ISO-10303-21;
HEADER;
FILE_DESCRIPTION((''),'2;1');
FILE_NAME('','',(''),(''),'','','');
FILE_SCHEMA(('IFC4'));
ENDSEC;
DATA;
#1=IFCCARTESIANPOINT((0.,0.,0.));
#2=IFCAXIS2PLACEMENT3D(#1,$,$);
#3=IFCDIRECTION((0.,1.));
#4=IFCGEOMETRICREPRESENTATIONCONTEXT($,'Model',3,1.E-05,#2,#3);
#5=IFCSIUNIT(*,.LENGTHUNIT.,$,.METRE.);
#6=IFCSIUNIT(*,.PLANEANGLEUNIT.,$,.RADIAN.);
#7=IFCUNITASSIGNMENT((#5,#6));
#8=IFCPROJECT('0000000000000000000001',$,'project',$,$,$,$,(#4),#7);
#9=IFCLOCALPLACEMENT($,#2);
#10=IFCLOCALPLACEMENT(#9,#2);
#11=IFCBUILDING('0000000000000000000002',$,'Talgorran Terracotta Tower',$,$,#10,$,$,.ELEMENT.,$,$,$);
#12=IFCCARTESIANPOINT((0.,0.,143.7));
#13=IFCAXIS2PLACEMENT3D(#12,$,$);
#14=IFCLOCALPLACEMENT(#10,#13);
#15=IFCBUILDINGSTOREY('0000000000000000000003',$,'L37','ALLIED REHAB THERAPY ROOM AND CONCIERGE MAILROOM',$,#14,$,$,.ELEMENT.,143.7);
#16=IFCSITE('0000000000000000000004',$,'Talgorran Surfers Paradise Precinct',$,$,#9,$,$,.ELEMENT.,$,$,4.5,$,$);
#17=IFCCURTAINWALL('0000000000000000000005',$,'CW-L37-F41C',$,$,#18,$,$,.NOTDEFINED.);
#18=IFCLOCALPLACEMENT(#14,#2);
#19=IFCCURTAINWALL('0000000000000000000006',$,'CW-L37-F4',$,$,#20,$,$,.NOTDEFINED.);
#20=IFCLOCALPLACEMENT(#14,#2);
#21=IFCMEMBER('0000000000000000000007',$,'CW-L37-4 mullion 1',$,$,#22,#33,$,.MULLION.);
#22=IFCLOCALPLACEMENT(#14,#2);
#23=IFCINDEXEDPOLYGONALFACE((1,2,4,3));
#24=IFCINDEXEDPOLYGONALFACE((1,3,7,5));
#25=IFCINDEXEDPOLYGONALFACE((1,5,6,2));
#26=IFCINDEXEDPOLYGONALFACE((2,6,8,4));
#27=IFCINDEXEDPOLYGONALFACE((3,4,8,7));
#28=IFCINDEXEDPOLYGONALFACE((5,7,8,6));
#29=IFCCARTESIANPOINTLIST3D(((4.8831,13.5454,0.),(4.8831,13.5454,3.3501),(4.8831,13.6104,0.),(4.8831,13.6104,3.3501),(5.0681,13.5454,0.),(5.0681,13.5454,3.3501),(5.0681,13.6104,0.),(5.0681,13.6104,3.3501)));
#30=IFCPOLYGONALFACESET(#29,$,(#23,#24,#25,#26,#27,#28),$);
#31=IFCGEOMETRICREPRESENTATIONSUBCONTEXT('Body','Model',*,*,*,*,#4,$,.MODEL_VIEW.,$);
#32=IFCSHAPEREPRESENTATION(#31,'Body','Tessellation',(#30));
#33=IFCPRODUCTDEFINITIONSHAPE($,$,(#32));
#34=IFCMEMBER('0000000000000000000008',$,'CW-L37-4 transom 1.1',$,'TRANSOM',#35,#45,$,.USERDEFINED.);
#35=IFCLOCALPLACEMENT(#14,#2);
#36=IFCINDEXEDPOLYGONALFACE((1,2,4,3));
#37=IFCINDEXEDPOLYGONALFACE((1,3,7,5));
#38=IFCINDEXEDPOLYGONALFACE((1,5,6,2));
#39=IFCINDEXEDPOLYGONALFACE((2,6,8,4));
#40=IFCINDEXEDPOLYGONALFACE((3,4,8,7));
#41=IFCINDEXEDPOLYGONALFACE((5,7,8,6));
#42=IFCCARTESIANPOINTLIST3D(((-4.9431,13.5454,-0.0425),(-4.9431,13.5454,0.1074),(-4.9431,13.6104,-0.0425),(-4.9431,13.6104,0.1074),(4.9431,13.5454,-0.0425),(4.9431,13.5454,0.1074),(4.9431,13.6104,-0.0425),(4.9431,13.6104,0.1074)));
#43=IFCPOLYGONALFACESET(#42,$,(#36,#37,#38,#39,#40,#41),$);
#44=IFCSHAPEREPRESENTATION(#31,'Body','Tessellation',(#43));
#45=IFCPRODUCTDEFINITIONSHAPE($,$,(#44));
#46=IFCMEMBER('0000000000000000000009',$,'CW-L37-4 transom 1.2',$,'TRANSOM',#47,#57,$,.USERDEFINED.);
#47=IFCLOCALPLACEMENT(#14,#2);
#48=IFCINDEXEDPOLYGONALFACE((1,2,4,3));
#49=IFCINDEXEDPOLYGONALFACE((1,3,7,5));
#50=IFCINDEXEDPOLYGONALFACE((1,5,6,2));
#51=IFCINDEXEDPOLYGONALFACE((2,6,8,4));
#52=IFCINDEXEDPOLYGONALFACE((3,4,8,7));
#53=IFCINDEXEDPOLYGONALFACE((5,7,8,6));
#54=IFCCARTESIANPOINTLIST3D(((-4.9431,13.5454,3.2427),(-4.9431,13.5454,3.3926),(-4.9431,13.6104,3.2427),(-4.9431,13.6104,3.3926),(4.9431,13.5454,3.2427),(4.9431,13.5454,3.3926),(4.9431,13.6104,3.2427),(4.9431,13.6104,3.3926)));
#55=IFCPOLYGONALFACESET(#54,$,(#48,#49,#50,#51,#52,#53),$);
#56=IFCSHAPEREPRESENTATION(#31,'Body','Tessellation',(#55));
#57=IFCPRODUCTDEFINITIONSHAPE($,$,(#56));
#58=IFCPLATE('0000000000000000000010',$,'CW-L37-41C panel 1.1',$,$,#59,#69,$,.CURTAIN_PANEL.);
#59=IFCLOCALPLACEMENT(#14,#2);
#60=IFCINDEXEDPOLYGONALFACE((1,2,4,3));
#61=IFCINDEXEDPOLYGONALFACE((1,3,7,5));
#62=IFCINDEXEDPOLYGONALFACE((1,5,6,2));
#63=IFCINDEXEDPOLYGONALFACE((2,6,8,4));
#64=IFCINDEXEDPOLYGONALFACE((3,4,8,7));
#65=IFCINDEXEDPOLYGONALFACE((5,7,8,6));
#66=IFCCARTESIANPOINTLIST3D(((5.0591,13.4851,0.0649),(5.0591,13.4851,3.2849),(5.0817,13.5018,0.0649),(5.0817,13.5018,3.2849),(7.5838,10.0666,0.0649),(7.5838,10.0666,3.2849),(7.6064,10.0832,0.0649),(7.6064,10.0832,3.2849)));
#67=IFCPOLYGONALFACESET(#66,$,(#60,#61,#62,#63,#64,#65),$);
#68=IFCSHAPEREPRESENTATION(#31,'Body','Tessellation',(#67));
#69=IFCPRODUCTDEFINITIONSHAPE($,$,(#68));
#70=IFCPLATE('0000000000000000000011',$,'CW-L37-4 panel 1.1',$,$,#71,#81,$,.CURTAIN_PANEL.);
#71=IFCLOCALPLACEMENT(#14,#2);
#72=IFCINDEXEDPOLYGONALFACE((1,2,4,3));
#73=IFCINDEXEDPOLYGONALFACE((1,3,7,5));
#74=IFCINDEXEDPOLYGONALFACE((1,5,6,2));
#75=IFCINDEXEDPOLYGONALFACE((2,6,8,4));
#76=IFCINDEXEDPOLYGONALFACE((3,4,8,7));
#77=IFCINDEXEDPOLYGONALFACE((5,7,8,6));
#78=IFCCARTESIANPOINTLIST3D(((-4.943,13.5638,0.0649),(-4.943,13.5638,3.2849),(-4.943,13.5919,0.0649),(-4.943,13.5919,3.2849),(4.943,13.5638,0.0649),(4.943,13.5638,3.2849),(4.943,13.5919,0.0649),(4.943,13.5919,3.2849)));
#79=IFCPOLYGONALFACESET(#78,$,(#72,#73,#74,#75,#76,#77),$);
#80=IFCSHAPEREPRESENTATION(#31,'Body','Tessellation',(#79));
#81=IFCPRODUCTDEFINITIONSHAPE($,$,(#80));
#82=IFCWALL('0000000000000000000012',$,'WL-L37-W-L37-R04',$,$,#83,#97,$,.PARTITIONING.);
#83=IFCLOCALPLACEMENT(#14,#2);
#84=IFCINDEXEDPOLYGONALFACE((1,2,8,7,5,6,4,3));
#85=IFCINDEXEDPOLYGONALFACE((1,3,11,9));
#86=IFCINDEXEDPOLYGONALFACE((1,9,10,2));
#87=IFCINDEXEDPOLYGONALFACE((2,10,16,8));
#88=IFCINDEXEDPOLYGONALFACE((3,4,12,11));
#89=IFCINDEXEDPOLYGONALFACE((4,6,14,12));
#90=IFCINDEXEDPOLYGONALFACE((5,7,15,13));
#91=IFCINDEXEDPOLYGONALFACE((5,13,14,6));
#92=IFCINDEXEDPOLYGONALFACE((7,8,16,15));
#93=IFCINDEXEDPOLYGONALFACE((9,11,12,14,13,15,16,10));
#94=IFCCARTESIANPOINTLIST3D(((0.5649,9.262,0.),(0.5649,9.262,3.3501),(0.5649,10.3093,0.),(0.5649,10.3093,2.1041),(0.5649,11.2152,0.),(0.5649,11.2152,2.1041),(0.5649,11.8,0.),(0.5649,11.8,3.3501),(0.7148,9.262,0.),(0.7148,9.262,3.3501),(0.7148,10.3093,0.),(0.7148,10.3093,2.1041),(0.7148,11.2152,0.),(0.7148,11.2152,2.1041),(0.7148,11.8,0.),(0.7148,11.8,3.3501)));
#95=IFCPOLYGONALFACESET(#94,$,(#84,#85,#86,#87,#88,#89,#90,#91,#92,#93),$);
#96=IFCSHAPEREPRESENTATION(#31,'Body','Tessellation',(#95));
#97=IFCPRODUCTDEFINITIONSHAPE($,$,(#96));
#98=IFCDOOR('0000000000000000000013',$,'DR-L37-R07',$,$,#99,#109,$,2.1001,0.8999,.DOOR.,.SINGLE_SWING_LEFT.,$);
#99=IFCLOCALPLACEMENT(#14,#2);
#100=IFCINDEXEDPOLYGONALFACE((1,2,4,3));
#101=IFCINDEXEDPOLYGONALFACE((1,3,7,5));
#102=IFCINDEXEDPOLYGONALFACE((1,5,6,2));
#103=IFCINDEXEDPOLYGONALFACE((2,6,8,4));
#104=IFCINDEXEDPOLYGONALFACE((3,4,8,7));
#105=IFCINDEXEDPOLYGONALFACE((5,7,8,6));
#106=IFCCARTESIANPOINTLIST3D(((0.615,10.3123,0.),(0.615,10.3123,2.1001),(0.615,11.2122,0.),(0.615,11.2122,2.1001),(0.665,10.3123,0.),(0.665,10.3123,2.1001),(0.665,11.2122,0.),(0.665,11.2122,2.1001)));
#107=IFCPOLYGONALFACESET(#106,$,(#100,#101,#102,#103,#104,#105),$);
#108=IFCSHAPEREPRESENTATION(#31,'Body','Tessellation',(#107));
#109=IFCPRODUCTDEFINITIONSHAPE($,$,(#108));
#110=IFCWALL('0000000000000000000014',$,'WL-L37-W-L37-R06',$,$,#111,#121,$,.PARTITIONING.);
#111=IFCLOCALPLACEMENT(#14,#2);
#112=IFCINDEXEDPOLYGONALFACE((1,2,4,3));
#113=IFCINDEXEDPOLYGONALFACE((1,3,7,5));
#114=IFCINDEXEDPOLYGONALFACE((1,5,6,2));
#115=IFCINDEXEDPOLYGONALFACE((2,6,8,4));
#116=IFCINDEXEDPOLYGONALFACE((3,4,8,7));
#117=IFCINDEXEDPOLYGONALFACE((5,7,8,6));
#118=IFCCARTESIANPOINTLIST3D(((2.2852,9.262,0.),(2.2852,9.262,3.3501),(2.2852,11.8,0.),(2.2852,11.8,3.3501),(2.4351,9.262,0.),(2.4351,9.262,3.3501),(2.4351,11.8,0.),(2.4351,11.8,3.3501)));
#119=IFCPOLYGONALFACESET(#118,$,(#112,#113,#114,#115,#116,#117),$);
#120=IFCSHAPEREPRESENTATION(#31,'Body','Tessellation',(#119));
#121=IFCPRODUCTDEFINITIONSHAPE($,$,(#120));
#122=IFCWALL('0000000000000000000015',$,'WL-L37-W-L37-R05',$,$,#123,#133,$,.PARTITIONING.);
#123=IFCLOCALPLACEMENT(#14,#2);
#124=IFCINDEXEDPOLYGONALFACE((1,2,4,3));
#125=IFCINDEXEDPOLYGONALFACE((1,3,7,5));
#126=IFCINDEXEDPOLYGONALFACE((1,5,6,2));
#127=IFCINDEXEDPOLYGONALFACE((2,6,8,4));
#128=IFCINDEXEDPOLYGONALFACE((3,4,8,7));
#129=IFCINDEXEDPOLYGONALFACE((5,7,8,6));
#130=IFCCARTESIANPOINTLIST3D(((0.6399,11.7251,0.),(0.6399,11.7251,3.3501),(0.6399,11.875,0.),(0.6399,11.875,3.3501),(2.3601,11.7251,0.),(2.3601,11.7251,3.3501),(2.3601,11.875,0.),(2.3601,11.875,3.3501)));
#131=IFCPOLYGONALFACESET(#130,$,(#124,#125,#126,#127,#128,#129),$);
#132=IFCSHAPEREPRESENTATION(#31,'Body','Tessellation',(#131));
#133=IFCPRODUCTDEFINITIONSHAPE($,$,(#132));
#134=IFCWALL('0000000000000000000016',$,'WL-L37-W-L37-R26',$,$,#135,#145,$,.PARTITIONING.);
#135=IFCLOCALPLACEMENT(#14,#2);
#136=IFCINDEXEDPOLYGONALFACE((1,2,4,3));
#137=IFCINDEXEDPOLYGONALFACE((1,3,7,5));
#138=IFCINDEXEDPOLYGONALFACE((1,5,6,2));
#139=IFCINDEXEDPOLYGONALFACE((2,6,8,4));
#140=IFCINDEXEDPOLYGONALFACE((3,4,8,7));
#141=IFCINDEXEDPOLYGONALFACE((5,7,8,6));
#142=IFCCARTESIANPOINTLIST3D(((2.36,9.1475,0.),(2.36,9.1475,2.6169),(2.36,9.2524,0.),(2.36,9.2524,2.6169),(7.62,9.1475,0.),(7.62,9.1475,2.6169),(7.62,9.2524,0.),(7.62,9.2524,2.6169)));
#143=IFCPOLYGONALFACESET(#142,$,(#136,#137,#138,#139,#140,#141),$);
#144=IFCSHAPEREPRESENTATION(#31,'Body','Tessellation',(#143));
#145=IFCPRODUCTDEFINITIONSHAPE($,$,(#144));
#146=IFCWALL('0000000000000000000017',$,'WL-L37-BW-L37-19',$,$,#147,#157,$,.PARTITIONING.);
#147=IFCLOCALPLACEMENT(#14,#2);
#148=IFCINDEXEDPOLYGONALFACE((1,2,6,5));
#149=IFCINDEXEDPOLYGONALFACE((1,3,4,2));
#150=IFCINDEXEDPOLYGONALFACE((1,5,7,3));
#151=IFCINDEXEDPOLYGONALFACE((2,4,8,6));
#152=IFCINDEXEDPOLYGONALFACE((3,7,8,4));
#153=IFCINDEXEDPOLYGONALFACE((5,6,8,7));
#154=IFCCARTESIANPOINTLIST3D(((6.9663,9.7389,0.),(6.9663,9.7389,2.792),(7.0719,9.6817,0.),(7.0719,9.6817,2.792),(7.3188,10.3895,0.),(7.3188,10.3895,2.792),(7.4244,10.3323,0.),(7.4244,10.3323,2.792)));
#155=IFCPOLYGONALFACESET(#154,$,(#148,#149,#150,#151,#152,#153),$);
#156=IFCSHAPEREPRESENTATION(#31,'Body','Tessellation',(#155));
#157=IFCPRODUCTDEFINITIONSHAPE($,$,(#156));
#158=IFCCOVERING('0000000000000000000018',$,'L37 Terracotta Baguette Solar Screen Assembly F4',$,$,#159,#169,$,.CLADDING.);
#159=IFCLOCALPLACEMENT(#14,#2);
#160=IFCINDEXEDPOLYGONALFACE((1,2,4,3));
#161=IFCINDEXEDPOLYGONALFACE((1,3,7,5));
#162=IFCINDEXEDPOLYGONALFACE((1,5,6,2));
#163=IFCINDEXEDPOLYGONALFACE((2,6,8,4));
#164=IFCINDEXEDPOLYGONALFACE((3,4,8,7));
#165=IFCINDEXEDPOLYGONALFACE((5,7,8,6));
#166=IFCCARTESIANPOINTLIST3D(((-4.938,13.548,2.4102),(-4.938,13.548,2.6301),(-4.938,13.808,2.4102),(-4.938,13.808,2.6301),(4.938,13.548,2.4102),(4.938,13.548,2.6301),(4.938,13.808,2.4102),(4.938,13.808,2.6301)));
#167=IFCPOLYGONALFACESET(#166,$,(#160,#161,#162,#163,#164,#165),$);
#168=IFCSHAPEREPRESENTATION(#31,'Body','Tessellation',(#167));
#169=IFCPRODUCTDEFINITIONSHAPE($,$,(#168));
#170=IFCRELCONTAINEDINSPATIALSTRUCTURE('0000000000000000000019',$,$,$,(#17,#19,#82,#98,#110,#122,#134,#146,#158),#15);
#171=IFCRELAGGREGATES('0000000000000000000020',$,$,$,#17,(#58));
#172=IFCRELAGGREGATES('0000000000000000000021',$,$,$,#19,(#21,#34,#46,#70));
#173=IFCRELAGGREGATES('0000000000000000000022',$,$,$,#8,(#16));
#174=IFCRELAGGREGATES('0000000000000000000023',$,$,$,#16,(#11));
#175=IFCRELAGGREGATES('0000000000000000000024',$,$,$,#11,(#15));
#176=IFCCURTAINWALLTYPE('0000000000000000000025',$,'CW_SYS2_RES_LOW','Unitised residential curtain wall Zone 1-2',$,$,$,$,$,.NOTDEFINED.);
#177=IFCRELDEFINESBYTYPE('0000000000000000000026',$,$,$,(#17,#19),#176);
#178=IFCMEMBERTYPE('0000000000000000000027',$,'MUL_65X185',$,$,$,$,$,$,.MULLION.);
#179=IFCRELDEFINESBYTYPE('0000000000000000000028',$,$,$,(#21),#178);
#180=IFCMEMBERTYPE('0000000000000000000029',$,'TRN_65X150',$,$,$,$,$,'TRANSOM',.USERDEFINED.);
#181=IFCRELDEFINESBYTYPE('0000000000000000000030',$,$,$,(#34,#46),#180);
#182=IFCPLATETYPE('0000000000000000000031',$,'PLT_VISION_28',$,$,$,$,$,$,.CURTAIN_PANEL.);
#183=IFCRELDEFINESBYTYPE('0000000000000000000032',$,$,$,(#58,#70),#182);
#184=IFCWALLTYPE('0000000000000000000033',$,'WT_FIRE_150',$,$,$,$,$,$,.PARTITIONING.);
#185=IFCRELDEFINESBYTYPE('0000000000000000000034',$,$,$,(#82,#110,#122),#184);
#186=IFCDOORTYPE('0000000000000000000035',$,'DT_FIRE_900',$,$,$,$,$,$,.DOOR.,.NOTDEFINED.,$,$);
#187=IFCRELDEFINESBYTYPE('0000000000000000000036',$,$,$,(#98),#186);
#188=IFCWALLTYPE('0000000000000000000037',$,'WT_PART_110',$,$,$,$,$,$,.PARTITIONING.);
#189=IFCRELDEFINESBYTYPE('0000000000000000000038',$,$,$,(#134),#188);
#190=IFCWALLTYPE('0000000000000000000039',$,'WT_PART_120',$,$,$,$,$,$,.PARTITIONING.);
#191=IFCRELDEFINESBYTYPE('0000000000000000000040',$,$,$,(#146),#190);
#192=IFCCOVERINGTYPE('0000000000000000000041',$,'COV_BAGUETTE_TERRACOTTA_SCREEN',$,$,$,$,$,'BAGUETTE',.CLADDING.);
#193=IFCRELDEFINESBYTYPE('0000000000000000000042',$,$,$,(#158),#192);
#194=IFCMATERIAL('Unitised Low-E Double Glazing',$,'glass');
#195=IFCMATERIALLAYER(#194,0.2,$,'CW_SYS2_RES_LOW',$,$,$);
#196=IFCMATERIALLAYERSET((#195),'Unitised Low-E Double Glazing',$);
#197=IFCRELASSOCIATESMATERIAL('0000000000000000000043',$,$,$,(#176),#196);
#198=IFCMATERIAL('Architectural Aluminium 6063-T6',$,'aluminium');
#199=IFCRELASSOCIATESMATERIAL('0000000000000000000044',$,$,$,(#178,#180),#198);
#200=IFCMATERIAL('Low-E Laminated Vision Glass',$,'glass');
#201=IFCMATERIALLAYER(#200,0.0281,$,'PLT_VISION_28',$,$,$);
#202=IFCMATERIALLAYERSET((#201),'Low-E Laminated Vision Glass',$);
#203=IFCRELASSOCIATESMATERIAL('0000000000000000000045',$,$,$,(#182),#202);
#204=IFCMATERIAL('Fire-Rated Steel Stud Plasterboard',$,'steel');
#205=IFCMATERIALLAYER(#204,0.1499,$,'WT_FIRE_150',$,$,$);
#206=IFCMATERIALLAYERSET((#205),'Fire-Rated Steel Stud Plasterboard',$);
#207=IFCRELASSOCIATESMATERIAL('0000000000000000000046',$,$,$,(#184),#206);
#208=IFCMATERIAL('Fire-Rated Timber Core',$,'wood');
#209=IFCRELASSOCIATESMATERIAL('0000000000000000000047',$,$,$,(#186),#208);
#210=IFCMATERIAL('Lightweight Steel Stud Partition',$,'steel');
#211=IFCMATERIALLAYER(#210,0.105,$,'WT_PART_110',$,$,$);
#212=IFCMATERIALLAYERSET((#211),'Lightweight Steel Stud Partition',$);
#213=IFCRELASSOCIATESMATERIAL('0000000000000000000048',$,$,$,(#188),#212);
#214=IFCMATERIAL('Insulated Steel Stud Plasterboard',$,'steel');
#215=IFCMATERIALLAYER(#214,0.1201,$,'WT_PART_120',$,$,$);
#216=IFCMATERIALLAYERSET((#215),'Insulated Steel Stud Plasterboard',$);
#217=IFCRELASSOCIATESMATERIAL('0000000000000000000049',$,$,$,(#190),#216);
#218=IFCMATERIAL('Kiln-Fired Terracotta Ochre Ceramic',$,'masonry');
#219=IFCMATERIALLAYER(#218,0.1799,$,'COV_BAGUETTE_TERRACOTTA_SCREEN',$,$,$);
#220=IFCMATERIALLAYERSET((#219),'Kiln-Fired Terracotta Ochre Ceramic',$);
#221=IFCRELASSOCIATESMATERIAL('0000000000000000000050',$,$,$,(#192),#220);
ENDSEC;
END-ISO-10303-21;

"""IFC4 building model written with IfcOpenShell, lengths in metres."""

from ifc_helpers import new_model, si_unit, direction, frame, frame_2d, origin, origin_2d, place, context, subcontext, project, spatial, rectangle, extrude, source, transform, mapped, material, layer, layer_set, material_profile, profile_set, type_object, type_shapes, element, fill, aggregate, save


model = new_model("IFC4")

# Units and contexts
model_context = context("Model", 3, precision=1e-05, world=origin(), true_north=direction((0.0, 1.0)))
body_context = subcontext(model_context, "Body", "Model", "MODEL_VIEW")
ifc_project = project(units=[si_unit("LENGTHUNIT", "METRE"), si_unit("PLANEANGLEUNIT", "RADIAN")], contexts=[model_context])

# Site, building, storey
site_placement = place(None, origin())
site = spatial("IfcSite", under=ifc_project, at=site_placement, Name="Talgorran Surfers Paradise Precinct", CompositionType="ELEMENT", RefElevation=4.5)
building_placement = place(site_placement, origin())
building = spatial("IfcBuilding", under=site, at=building_placement, Name="Talgorran Terracotta Tower", CompositionType="ELEMENT")
storey_placement = place(building_placement, frame((0.0, 0.0, 143.7)))
storey = spatial("IfcBuildingStorey", under=building, at=storey_placement, Name="L37", Description="ALLIED REHAB THERAPY ROOM AND CONCIERGE MAILROOM", CompositionType="ELEMENT", Elevation=143.7)

# Curtain wall
ifc_material_1 = material(Name="Unitised Low-E Double Glazing", Category="glass")
ifc_layer_1 = layer(ifc_material_1, 0.2, Name="CW_SYS2_RES_LOW")
ifc_layer_set_1 = layer_set([ifc_layer_1], Name="Unitised Low-E Double Glazing")
curtain_wall_type = type_object("IfcCurtainWallType", Name="CW_SYS2_RES_LOW", Description="Unitised residential curtain wall Zone 1-2", PredefinedType="NOTDEFINED", material=ifc_layer_set_1)
curtain_wall_1_placement = place(storey_placement, origin())
curtain_wall_1 = element("IfcCurtainWall", 1, at=curtain_wall_1_placement, inside=storey, type_object=curtain_wall_type, Name="CW-L37-F41C", PredefinedType="NOTDEFINED")
ifc_material_2 = material(Name="Architectural Aluminium 6063-T6", Category="aluminium")
ifc_material_profile_1 = material_profile(ifc_material_2, rectangle(XDim=0.0649, YDim=0.1851, at=origin_2d()), Name="CWM65X185")
ifc_profile_set_1 = profile_set([ifc_material_profile_1], Name="Architectural Aluminium 6063-T6")
member_type_1 = type_object("IfcMemberType", Name="MUL_65X185", PredefinedType="MULLION", material=ifc_profile_set_1)

# Curtain wall, members
curtain_wall_2_placement = place(storey_placement, origin())
curtain_wall_2 = element("IfcCurtainWall", 2, at=curtain_wall_2_placement, inside=storey, type_object=curtain_wall_type, Name="CW-L37-F4", PredefinedType="NOTDEFINED")
member_1_placement = place(storey_placement, frame((4.9756, 13.5779, 0.0), z_axis=(0.0, 0.0, 1.0), x_axis=(0.0, -1.0, 0.0)))
member_1 = element("IfcMember", 3, at=member_1_placement, type_object=member_type_1, Name="CW-L37-4 mullion 1", PredefinedType="MULLION", context=body_context, shape_type="SweptSolid", body=[
    extrude(rectangle(XDim=0.0649, YDim=0.1851, at=origin_2d()), origin(), (0.0, 0.0, 1.0), 3.3501),
])
ifc_material_profile_2 = material_profile(ifc_material_2, rectangle(XDim=0.0649, YDim=0.1499, at=origin_2d()), Name="CWT65X150")
ifc_profile_set_2 = profile_set([ifc_material_profile_2], Name="Architectural Aluminium 6063-T6")
member_type_2 = type_object("IfcMemberType", Name="TRN_65X150", ElementType="TRANSOM", PredefinedType="USERDEFINED", material=ifc_profile_set_2)
member_2_placement = place(storey_placement, frame((4.9431, 13.5779, 0.0325), z_axis=(-1.0, 0.0, 0.0), x_axis=(0.0, -1.0, 0.0)))
member_2 = element("IfcMember", 4, at=member_2_placement, type_object=member_type_2, Name="CW-L37-4 transom 1.1", ObjectType="TRANSOM", PredefinedType="USERDEFINED", context=body_context, shape_type="SweptSolid", body=[
    extrude(rectangle(XDim=0.0649, YDim=0.1499, at=origin_2d()), origin(), (0.0, 0.0, 1.0), 9.8862),
])
member_3_placement = place(storey_placement, frame((4.9431, 13.5779, 3.3176), z_axis=(-1.0, 0.0, 0.0), x_axis=(0.0, -1.0, 0.0)))
member_3 = element("IfcMember", 5, at=member_3_placement, type_object=member_type_2, Name="CW-L37-4 transom 1.2", ObjectType="TRANSOM", PredefinedType="USERDEFINED", context=body_context, shape_type="SweptSolid", body=[
    extrude(rectangle(XDim=0.0649, YDim=0.1499, at=origin_2d()), origin(), (0.0, 0.0, 1.0), 9.8862),
])

# Plates
ifc_material_3 = material(Name="Low-E Laminated Vision Glass", Category="glass")
ifc_layer_2 = layer(ifc_material_3, 0.0281, Name="PLT_VISION_28")
ifc_layer_set_2 = layer_set([ifc_layer_2], Name="Low-E Laminated Vision Glass")
plate_type = type_object("IfcPlateType", Name="PLT_VISION_28", PredefinedType="CURTAIN_PANEL", material=ifc_layer_set_2)
shared_shape_1 = source(origin(), body_context, "Body", "SweptSolid", [
    extrude(rectangle(XDim=4.2498, YDim=0.0281, at=origin_2d()), origin(), (0.0, 0.0, 1.0), 3.22),
])
plate_1_placement = place(storey_placement, frame((6.3328, 11.7842, 0.0649), z_axis=(0.0, 0.0, 1.0), x_axis=(-0.594076, 0.804409, 0.0)))
plate_1 = element("IfcPlate", 6, at=plate_1_placement, type_object=plate_type, Name="CW-L37-41C panel 1.1", PredefinedType="CURTAIN_PANEL", context=body_context, shape_type="MappedRepresentation", body=[
    mapped(shared_shape_1, transform((0.0, 0.0, 0.0), scale=1.0)),
])
aggregate(curtain_wall_1, [plate_1])
shared_shape_2 = source(origin(), body_context, "Body", "SweptSolid", [
    extrude(rectangle(XDim=9.886, YDim=0.0281, at=origin_2d()), origin(), (0.0, 0.0, 1.0), 3.22),
])
type_shapes(plate_type, [shared_shape_1, shared_shape_2])
plate_2_placement = place(storey_placement, frame((0.0, 13.5779, 0.0649), z_axis=(0.0, 0.0, 1.0), x_axis=(-1.0, 0.0, 0.0)))
plate_2 = element("IfcPlate", 7, at=plate_2_placement, type_object=plate_type, Name="CW-L37-4 panel 1.1", PredefinedType="CURTAIN_PANEL", context=body_context, shape_type="MappedRepresentation", body=[
    mapped(shared_shape_2, transform((0.0, 0.0, 0.0), scale=1.0)),
])
aggregate(curtain_wall_2, [member_1, member_2, member_3, plate_2])

# Wall, opening, door
ifc_material_4 = material(Name="Fire-Rated Steel Stud Plasterboard", Category="steel")
ifc_layer_3 = layer(ifc_material_4, 0.1499, Name="WT_FIRE_150")
ifc_layer_set_3 = layer_set([ifc_layer_3], Name="Fire-Rated Steel Stud Plasterboard")
wall_type_1 = type_object("IfcWallType", Name="WT_FIRE_150", PredefinedType="PARTITIONING", material=ifc_layer_set_3)
wall_1_placement = place(storey_placement, frame((0.6399, 9.262, 0.0), z_axis=(0.0, 0.0, 1.0), x_axis=(0.0, 1.0, 0.0)))
wall_1 = element("IfcWall", 8, at=wall_1_placement, inside=storey, type_object=wall_type_1, Name="WL-L37-W-L37-R04", PredefinedType="PARTITIONING", context=body_context, shape_type="SweptSolid", body=[
    extrude(rectangle(XDim=2.5381, YDim=0.1499, at=frame_2d((1.269, 0.0))), origin(), (0.0, 0.0, 1.0), 3.3501),
])
opening_placement = place(wall_1_placement, frame((1.0503, 0.0, 0.0)))
opening = element("IfcOpeningElement", 9, at=opening_placement, cuts=wall_1, PredefinedType="OPENING", context=body_context, shape_type="SweptSolid", body=[
    extrude(rectangle(XDim=0.9059, YDim=2.1041, at=frame_2d((0.45, 1.052))), frame((0.0, 0.085, 0.0), z_axis=(0.0, -1.0, 0.0), x_axis=(1.0, 0.0, 0.0)), (0.0, 0.0, 1.0), 0.1699),
])
ifc_material_5 = material(Name="Fire-Rated Timber Core", Category="wood")
door_type = type_object("IfcDoorType", Name="DT_FIRE_900", OperationType="NOTDEFINED", PredefinedType="DOOR", material=ifc_material_5)
door_placement = place(opening_placement, origin())
door = element("IfcDoor", 10, at=door_placement, inside=storey, type_object=door_type, Name="DR-L37-R07", OperationType="SINGLE_SWING_LEFT", OverallHeight=2.1001, OverallWidth=0.8999, PredefinedType="DOOR", context=body_context, shape_type="SweptSolid", body=[
    extrude(rectangle(XDim=0.8999, YDim=2.1001, at=frame_2d((0.45, 1.05))), frame((0.0, 0.0249, 0.0), z_axis=(0.0, -1.0, 0.0), x_axis=(1.0, 0.0, 0.0)), (0.0, 0.0, 1.0), 0.05),
])
fill(opening, door)

# Walls
wall_2_placement = place(storey_placement, frame((2.3601, 9.262, 0.0), z_axis=(0.0, 0.0, 1.0), x_axis=(0.0, 1.0, 0.0)))
element("IfcWall", 11, at=wall_2_placement, inside=storey, type_object=wall_type_1, Name="WL-L37-W-L37-R06", PredefinedType="PARTITIONING", context=body_context, shape_type="SweptSolid", body=[
    extrude(rectangle(XDim=2.5381, YDim=0.1499, at=frame_2d((1.269, 0.0))), origin(), (0.0, 0.0, 1.0), 3.3501),
])
wall_3_placement = place(storey_placement, frame((0.6399, 11.8, 0.0), z_axis=(0.0, 0.0, 1.0), x_axis=(1.0, 0.0, 0.0)))
element("IfcWall", 12, at=wall_3_placement, inside=storey, type_object=wall_type_1, Name="WL-L37-W-L37-R05", PredefinedType="PARTITIONING", context=body_context, shape_type="SweptSolid", body=[
    extrude(rectangle(XDim=1.7202, YDim=0.1499, at=frame_2d((0.8601, 0.0))), origin(), (0.0, 0.0, 1.0), 3.3501),
])
ifc_material_6 = material(Name="Lightweight Steel Stud Partition", Category="steel")
ifc_layer_4 = layer(ifc_material_6, 0.105, Name="WT_PART_110")
ifc_layer_set_4 = layer_set([ifc_layer_4], Name="Lightweight Steel Stud Partition")
wall_type_2 = type_object("IfcWallType", Name="WT_PART_110", PredefinedType="PARTITIONING", material=ifc_layer_set_4)
wall_4_placement = place(storey_placement, frame((2.3601, 9.2, 0.0), z_axis=(0.0, 0.0, 1.0), x_axis=(1.0, 0.0, 0.0)))
element("IfcWall", 13, at=wall_4_placement, inside=storey, type_object=wall_type_2, Name="WL-L37-W-L37-R26", PredefinedType="PARTITIONING", context=body_context, shape_type="SweptSolid", body=[
    extrude(rectangle(XDim=5.26, YDim=0.105, at=frame_2d((2.6299, 0.0))), origin(), (0.0, 0.0, 1.0), 2.6169),
])
ifc_material_7 = material(Name="Insulated Steel Stud Plasterboard", Category="steel")
ifc_layer_5 = layer(ifc_material_7, 0.1201, Name="WT_PART_120")
ifc_layer_set_5 = layer_set([ifc_layer_5], Name="Insulated Steel Stud Plasterboard")
wall_type_3 = type_object("IfcWallType", Name="WT_PART_120", PredefinedType="PARTITIONING", material=ifc_layer_set_5)
wall_5_placement = place(storey_placement, frame((7.019, 9.7102, 0.0), z_axis=(0.0, 0.0, 1.0), x_axis=(0.4764, 0.879229, 0.0)))
element("IfcWall", 14, at=wall_5_placement, inside=storey, type_object=wall_type_3, Name="WL-L37-BW-L37-19", PredefinedType="PARTITIONING", context=body_context, shape_type="SweptSolid", body=[
    extrude(rectangle(XDim=0.74, YDim=0.1201, at=frame_2d((0.3701, 0.0))), origin(), (0.0, 0.0, 1.0), 2.792),
])

# Covering
ifc_material_8 = material(Name="Kiln-Fired Terracotta Ochre Ceramic", Category="masonry")
ifc_layer_6 = layer(ifc_material_8, 0.1799, Name="COV_BAGUETTE_TERRACOTTA_SCREEN")
ifc_layer_set_6 = layer_set([ifc_layer_6], Name="Kiln-Fired Terracotta Ochre Ceramic")
covering_type_1 = type_object("IfcCoveringType", Name="COV_BAGUETTE_TERRACOTTA_SCREEN", ElementType="BAGUETTE", PredefinedType="CLADDING", material=ifc_layer_set_6)
covering_1_placement = place(storey_placement, frame((0.0, 13.678, 2.4102), z_axis=(0.0, 0.0, 1.0), x_axis=(-1.0, 0.0, 0.0)))
element("IfcCovering", 15, at=covering_1_placement, inside=storey, type_object=covering_type_1, Name="L37 Terracotta Baguette Solar Screen Assembly F4", PredefinedType="CLADDING", context=body_context, shape_type="SweptSolid", body=[
    extrude(rectangle(XDim=9.876, YDim=0.26, at=origin_2d()), origin(), (0.0, 0.0, 1.0), 0.22),
])

save(model, "model.ifc")
